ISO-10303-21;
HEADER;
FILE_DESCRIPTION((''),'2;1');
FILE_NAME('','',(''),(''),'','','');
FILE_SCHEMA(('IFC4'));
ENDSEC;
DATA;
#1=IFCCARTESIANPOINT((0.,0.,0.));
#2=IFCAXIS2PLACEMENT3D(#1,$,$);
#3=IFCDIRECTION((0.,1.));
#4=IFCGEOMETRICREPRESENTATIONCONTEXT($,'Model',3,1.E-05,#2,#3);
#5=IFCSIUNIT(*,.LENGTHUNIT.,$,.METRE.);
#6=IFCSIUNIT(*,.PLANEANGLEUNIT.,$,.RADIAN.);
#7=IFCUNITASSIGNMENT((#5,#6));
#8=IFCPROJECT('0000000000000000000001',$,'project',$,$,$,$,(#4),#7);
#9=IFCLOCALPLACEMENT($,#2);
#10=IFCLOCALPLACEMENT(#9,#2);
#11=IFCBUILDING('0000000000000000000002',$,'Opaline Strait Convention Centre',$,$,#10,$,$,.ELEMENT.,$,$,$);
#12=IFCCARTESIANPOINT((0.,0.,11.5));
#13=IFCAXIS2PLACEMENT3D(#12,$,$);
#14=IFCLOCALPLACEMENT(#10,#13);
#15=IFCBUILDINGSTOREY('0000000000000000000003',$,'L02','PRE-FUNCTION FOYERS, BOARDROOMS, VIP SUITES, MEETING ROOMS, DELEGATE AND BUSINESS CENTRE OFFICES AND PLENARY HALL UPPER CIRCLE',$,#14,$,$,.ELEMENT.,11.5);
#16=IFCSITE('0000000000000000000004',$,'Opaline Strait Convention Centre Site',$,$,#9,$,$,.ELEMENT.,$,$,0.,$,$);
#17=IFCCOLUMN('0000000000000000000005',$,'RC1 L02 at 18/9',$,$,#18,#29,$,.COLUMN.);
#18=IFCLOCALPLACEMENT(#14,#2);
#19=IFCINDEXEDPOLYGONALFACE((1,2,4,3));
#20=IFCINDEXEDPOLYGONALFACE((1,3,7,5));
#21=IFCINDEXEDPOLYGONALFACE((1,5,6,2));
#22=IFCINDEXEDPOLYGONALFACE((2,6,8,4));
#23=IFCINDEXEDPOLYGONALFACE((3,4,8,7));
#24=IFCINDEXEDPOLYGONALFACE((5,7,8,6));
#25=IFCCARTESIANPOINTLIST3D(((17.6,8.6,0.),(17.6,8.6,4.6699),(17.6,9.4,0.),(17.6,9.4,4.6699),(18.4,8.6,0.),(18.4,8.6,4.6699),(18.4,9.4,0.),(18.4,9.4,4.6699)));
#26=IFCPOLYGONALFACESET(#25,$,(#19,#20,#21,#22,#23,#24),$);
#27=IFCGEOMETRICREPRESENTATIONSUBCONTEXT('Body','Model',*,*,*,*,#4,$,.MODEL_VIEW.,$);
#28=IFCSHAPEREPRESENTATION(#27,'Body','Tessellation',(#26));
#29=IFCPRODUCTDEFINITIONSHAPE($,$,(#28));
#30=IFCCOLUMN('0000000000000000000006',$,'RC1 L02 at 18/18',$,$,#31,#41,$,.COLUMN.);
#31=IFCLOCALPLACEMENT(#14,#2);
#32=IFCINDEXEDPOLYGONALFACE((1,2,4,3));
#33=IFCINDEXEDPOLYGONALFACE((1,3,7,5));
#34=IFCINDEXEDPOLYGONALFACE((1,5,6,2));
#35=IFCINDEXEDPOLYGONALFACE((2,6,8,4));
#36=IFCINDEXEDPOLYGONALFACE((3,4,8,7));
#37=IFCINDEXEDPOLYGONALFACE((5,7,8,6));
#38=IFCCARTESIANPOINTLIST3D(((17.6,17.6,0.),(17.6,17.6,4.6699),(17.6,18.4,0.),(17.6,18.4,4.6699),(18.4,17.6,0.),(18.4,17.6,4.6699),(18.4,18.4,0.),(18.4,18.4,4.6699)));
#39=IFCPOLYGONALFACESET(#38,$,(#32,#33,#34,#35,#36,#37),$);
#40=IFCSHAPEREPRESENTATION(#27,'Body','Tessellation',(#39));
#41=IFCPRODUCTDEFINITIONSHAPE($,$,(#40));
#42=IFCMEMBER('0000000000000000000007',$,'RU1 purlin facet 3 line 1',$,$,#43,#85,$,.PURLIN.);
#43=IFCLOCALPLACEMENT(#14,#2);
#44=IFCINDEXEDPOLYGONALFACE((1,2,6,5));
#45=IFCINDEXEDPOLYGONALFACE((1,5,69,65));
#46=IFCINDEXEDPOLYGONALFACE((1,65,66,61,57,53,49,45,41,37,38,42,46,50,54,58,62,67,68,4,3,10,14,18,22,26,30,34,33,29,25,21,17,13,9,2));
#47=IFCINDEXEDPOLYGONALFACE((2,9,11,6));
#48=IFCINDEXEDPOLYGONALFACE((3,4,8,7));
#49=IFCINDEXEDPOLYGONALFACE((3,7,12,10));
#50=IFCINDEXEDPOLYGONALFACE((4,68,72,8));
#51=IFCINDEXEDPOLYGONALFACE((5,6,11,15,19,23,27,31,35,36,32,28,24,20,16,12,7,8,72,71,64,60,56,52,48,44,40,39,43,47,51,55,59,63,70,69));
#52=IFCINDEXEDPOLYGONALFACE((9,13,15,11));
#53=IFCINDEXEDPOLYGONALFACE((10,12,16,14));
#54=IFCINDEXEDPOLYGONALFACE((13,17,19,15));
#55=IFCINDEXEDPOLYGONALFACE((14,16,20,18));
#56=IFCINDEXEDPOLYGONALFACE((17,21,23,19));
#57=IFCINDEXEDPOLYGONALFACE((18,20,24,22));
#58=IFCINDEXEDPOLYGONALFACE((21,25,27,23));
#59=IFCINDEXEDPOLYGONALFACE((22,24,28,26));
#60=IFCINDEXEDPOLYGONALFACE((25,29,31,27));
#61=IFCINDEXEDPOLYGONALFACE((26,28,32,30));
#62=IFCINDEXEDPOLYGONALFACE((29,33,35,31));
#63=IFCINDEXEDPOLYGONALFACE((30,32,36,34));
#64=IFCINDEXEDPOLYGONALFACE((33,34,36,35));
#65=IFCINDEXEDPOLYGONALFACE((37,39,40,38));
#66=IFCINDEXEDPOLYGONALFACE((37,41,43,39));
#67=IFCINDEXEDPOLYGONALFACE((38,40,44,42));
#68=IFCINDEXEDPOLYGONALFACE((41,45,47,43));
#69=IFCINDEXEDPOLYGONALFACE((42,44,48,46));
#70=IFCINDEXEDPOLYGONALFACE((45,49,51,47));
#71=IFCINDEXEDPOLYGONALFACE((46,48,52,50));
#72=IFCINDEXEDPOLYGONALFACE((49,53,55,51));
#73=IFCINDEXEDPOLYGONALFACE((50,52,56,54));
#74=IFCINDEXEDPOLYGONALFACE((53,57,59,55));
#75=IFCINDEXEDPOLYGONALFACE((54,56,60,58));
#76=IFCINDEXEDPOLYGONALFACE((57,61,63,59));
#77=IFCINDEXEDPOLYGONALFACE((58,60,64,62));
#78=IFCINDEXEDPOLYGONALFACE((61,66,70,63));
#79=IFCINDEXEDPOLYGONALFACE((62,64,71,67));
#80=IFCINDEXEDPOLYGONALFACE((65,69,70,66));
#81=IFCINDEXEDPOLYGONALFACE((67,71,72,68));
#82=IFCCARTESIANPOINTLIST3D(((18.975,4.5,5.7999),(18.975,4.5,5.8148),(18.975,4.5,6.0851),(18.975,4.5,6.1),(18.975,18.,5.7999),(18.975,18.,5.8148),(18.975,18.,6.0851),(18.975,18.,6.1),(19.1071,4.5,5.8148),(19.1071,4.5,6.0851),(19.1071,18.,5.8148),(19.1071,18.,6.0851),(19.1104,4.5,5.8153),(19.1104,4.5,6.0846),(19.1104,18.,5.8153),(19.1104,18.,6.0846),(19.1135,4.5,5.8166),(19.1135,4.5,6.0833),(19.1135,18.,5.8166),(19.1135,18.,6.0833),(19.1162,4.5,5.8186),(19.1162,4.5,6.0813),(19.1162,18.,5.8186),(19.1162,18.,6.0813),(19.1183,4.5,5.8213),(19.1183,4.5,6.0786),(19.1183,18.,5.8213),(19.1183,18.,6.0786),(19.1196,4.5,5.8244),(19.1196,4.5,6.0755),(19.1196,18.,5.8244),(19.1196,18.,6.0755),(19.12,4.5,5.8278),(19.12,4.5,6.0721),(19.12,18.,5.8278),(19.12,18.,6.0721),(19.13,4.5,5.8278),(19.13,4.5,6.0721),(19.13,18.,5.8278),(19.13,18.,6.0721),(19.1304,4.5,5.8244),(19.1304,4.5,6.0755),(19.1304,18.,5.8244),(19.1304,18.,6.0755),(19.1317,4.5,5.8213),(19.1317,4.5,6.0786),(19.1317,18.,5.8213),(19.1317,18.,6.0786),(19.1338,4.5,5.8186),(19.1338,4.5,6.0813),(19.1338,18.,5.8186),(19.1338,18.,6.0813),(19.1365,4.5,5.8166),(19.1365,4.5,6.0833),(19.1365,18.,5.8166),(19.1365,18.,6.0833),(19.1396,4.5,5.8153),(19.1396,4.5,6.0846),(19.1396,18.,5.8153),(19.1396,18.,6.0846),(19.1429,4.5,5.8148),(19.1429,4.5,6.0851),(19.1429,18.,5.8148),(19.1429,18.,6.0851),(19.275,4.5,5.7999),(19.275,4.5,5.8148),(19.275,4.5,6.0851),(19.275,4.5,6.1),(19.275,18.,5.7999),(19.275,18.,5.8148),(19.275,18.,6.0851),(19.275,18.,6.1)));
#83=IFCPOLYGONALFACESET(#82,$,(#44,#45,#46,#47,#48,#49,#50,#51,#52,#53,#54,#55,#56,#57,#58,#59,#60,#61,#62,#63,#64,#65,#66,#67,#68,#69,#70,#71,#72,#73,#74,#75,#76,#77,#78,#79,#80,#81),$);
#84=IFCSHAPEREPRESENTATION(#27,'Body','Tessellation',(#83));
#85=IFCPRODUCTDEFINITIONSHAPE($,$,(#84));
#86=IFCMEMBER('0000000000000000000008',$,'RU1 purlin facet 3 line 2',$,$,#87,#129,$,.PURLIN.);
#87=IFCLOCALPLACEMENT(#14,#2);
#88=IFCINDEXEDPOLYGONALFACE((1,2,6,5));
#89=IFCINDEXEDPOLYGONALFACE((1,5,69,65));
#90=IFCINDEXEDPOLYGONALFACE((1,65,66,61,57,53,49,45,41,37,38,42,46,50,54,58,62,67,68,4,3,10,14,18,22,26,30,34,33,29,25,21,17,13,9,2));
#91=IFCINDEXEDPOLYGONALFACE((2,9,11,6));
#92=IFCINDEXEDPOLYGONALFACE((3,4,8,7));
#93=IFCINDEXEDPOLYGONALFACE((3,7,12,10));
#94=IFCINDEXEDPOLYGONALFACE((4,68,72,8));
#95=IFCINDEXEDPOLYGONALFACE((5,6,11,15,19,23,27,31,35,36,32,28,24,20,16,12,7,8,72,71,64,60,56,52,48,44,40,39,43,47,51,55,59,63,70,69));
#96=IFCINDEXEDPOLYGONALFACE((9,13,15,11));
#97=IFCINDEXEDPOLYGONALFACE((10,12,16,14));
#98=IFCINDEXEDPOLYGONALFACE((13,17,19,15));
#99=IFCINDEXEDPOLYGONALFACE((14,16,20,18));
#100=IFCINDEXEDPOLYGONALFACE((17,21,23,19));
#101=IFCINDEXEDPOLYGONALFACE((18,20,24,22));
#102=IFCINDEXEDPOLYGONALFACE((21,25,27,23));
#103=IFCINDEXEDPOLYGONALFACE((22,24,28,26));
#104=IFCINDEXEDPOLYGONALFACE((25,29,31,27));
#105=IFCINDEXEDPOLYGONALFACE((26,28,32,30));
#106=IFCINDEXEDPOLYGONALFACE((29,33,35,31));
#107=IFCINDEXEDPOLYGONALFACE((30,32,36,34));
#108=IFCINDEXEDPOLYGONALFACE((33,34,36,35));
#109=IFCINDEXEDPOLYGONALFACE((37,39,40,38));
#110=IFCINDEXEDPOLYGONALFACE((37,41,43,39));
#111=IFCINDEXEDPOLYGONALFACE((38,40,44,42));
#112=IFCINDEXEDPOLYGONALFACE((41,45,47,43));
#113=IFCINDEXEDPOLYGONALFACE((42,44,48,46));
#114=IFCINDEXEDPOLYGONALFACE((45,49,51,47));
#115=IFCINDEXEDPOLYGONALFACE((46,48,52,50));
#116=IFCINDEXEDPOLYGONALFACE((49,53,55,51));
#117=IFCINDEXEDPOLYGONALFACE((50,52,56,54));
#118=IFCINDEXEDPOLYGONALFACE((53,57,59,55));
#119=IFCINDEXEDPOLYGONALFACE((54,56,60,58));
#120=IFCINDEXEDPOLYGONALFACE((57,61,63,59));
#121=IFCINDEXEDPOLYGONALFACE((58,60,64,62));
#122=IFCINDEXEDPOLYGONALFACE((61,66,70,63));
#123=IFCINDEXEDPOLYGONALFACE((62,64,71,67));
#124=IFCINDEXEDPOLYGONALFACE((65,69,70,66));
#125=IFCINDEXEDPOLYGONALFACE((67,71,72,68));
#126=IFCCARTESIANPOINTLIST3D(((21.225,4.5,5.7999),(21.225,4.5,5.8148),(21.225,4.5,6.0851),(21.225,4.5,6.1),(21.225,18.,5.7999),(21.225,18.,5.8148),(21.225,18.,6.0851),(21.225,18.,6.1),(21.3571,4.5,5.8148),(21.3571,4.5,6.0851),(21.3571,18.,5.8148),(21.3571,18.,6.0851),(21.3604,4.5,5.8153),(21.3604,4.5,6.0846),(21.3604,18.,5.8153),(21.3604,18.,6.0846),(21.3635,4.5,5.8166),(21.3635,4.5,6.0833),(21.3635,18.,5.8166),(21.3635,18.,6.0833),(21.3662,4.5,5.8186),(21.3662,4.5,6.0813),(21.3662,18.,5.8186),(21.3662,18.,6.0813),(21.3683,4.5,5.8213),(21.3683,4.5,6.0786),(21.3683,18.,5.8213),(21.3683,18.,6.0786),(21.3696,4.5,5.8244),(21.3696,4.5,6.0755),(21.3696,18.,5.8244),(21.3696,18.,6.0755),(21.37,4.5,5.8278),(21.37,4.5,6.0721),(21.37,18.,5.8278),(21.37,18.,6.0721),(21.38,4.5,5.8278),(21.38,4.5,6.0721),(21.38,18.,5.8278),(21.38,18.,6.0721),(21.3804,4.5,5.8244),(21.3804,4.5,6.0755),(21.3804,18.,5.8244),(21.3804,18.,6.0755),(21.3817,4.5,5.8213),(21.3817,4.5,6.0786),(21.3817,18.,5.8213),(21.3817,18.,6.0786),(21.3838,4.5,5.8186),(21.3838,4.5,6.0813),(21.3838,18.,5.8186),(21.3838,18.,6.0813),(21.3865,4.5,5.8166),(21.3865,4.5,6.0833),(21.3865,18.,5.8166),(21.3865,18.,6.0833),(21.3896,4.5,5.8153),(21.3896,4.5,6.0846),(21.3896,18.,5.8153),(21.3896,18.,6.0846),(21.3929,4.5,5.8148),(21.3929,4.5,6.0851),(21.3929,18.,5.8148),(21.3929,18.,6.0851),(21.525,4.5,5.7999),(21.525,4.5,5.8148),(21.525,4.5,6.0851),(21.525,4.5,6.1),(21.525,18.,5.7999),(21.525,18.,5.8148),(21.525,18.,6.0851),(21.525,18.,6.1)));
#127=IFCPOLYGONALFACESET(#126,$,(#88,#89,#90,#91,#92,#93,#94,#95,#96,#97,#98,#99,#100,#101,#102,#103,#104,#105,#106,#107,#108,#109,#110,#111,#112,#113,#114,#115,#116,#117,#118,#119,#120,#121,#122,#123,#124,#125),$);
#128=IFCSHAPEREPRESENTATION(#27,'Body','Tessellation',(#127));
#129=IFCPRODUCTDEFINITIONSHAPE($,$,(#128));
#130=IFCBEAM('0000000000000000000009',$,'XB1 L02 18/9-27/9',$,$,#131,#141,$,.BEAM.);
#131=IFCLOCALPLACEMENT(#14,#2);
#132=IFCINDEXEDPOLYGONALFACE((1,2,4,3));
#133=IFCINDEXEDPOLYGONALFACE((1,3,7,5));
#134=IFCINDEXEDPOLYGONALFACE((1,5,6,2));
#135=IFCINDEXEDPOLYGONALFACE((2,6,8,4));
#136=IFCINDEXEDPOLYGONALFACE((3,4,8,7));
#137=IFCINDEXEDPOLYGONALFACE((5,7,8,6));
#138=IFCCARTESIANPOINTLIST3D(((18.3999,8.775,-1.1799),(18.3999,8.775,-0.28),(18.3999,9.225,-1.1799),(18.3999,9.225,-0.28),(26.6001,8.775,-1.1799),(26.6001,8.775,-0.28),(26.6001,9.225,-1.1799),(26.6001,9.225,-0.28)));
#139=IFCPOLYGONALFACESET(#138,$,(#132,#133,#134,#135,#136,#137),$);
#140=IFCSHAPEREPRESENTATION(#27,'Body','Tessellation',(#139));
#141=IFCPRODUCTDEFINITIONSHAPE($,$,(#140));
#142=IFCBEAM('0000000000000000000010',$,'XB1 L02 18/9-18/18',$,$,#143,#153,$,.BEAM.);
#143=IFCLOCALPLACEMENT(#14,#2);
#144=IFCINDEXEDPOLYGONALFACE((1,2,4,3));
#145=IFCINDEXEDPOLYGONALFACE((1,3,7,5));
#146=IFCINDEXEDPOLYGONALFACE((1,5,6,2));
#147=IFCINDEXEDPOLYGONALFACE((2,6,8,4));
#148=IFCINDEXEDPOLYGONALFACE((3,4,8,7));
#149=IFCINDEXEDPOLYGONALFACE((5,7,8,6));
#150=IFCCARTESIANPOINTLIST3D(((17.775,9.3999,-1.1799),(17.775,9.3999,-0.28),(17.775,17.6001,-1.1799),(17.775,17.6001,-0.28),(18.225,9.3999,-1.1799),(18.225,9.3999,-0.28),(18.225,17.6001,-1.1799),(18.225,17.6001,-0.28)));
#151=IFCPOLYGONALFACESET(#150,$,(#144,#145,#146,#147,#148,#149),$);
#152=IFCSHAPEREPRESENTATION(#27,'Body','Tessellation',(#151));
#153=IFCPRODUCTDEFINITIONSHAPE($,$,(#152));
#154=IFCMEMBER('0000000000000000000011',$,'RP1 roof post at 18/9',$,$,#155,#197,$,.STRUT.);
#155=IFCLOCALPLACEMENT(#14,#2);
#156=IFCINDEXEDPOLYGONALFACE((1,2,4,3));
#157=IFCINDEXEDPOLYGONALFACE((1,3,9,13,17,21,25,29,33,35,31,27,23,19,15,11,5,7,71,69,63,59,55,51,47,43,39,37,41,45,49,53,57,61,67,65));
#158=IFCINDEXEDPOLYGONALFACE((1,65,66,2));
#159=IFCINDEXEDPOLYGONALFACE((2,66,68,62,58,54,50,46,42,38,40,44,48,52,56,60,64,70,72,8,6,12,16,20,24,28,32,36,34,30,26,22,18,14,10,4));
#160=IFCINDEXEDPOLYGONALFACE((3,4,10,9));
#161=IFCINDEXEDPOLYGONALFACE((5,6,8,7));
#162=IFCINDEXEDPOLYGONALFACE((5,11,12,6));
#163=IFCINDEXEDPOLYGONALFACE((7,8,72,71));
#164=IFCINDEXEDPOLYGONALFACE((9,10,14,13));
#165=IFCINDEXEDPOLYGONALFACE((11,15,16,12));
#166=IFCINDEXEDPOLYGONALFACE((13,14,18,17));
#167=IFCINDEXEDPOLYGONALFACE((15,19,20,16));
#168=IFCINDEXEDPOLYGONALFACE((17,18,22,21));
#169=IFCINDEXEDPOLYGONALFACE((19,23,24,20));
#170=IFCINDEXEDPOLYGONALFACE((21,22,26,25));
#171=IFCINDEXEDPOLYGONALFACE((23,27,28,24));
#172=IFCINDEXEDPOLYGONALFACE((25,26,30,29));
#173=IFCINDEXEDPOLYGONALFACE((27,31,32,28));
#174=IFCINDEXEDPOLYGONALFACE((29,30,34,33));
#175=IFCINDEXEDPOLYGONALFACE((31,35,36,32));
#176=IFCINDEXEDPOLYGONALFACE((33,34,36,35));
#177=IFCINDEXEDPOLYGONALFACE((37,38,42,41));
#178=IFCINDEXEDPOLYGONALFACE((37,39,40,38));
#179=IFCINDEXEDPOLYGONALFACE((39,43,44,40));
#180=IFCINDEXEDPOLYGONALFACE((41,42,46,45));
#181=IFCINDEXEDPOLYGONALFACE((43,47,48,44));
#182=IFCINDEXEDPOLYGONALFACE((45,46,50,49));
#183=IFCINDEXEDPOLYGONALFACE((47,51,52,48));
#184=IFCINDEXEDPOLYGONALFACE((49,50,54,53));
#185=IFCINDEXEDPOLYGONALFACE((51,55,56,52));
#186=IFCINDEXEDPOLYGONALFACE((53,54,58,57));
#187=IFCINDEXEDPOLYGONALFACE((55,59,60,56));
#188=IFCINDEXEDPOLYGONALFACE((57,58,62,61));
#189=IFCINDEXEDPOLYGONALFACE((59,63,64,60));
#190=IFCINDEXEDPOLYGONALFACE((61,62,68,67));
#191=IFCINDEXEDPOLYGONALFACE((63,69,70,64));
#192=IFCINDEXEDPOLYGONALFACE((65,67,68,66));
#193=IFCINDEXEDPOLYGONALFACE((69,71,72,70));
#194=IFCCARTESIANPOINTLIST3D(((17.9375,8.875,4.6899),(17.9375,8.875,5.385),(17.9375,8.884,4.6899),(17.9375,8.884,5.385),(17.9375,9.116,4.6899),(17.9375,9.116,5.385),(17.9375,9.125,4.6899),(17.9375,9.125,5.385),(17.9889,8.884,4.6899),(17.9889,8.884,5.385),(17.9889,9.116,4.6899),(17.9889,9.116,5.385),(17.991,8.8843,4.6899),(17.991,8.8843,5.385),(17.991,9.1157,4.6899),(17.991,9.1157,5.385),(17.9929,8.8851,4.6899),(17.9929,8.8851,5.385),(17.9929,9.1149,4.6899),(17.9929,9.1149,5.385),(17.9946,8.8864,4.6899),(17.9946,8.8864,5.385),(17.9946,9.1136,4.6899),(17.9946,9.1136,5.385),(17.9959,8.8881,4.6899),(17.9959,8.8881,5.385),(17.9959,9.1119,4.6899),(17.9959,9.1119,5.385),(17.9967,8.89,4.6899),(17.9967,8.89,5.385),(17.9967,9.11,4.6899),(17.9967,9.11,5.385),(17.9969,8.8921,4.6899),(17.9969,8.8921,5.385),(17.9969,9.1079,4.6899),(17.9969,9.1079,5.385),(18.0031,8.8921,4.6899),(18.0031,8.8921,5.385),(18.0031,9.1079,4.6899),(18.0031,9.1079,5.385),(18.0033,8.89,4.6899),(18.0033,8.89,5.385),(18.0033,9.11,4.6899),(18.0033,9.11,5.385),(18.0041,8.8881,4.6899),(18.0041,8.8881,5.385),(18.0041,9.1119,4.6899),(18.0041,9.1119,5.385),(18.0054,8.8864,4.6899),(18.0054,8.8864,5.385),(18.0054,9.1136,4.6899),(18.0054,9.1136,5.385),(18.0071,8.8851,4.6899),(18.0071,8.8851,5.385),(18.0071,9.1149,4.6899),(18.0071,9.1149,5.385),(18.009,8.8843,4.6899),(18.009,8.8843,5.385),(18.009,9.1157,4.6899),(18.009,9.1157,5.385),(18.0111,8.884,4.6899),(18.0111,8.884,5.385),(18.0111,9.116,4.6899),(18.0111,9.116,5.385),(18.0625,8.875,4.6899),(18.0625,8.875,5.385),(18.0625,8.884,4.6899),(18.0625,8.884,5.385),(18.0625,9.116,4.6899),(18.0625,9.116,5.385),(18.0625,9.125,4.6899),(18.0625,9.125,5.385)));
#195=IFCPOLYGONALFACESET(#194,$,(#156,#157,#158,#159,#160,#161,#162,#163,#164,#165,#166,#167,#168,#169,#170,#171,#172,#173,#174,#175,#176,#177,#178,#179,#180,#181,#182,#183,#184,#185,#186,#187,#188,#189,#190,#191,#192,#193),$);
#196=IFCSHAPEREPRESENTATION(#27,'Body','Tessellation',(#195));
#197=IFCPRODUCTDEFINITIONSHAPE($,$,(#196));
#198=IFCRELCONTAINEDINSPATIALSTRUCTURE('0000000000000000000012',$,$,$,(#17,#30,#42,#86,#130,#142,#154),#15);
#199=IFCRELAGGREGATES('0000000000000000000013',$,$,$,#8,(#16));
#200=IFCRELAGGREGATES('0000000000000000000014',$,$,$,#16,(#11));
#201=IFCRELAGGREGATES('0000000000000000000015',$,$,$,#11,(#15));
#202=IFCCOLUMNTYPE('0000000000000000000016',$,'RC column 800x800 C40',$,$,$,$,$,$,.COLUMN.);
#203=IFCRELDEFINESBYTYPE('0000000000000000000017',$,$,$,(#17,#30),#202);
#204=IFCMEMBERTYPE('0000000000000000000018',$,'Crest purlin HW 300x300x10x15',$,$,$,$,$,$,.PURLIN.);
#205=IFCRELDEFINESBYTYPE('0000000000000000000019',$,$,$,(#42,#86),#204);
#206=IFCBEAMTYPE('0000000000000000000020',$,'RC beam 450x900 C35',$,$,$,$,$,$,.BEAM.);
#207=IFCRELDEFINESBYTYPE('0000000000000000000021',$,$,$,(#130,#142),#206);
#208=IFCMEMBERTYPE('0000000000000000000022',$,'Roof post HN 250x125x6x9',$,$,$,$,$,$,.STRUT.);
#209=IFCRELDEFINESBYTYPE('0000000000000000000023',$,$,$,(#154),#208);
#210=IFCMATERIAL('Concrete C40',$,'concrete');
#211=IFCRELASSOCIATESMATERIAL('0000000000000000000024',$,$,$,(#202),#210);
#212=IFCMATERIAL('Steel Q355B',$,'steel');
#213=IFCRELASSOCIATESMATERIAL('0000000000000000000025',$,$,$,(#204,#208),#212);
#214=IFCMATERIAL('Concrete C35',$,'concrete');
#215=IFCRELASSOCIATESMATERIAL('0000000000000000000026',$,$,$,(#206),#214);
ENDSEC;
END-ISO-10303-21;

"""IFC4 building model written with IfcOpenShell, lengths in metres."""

from ifc_helpers import new_model, si_unit, direction, frame, origin, origin_2d, place, context, subcontext, project, spatial, rectangle, i_section, extrude, material, material_profile, profile_set, type_object, element, save


model = new_model("IFC4")

# Units and contexts
model_context = context("Model", 3, precision=1e-05, world=origin(), true_north=direction((0.0, 1.0)))
body_context = subcontext(model_context, "Body", "Model", "MODEL_VIEW")
ifc_project = project(units=[si_unit("LENGTHUNIT", "METRE"), si_unit("PLANEANGLEUNIT", "RADIAN")], contexts=[model_context])

# Site, building, storey
site_placement = place(None, origin())
site = spatial("IfcSite", under=ifc_project, at=site_placement, Name="Opaline Strait Convention Centre Site", CompositionType="ELEMENT", RefElevation=0.0)
building_placement = place(site_placement, origin())
building = spatial("IfcBuilding", under=site, at=building_placement, Name="Opaline Strait Convention Centre", CompositionType="ELEMENT")
storey_placement = place(building_placement, frame((0.0, 0.0, 11.5)))
storey = spatial("IfcBuildingStorey", under=building, at=storey_placement, Name="L02", Description="PRE-FUNCTION FOYERS, BOARDROOMS, VIP SUITES, MEETING ROOMS, DELEGATE AND BUSINESS CENTRE OFFICES AND PLENARY HALL UPPER CIRCLE", CompositionType="ELEMENT", Elevation=11.5)

# Columns
ifc_material_1 = material(Name="Concrete C40", Category="concrete")
ifc_material_profile_1 = material_profile(ifc_material_1, rectangle(XDim=0.8, YDim=0.8, at=origin_2d()), Name="RC 800x800")
ifc_profile_set_1 = profile_set([ifc_material_profile_1], Name="Concrete C40")
column_type = type_object("IfcColumnType", Name="RC column 800x800 C40", PredefinedType="COLUMN", material=ifc_profile_set_1)
for number, where, z_axis, x_axis, name in (
    (1, (18.0, 9.0, 0.0), (0.0, 0.0, 1.0), (1.0, 0.0, 0.0), "RC1 L02 at 18/9"),
    (2, (18.0, 18.0, 0.0), (0.0, 0.0, 1.0), (1.0, 0.0, 0.0), "RC1 L02 at 18/18"),
):
    element("IfcColumn", number, at=place(storey_placement, frame(where, z_axis=z_axis, x_axis=x_axis)), inside=storey, type_object=column_type, Name=name, PredefinedType="COLUMN", context=body_context, shape_type="SweptSolid", body=[
        extrude(rectangle(XDim=0.8, YDim=0.8, at=origin_2d()), origin(), (0.0, 0.0, 1.0), 4.6699),
    ])

# Members
ifc_material_2 = material(Name="Steel Q355B", Category="steel")
ifc_material_profile_2 = material_profile(ifc_material_2, i_section(OverallWidth=0.3, OverallDepth=0.3, WebThickness=0.01, FlangeThickness=0.0149, FilletRadius=0.0129, at=origin_2d()), Name="HW 300x300x10x15")
ifc_profile_set_2 = profile_set([ifc_material_profile_2], Name="Steel Q355B")
member_type_1 = type_object("IfcMemberType", Name="Crest purlin HW 300x300x10x15", PredefinedType="PURLIN", material=ifc_profile_set_2)
for number, where, z_axis, x_axis, name in (
    (3, (19.125, 4.5, 5.95), (0.0, 1.0, 0.0), (-1.0, 0.0, 0.0), "RU1 purlin facet 3 line 1"),
    (4, (21.375, 4.5, 5.95), (0.0, 1.0, 0.0), (-1.0, 0.0, 0.0), "RU1 purlin facet 3 line 2"),
):
    element("IfcMember", number, at=place(storey_placement, frame(where, z_axis=z_axis, x_axis=x_axis)), inside=storey, type_object=member_type_1, Name=name, PredefinedType="PURLIN", context=body_context, shape_type="SweptSolid", body=[
        extrude(i_section(OverallWidth=0.3, OverallDepth=0.3, WebThickness=0.01, FlangeThickness=0.0149, FilletRadius=0.0129, at=origin_2d()), origin(), (0.0, 0.0, 1.0), 13.5),
    ])

# Beams
ifc_material_3 = material(Name="Concrete C35", Category="concrete")
ifc_material_profile_3 = material_profile(ifc_material_3, rectangle(XDim=0.45, YDim=0.8999, at=origin_2d()), Name="RC 450x900")
ifc_profile_set_3 = profile_set([ifc_material_profile_3], Name="Concrete C35")
beam_type = type_object("IfcBeamType", Name="RC beam 450x900 C35", PredefinedType="BEAM", material=ifc_profile_set_3)
for number, where, z_axis, x_axis, name in (
    (5, (18.3999, 9.0, -0.73), (1.0, 0.0, 0.0), (0.0, 1.0, 0.0), "XB1 L02 18/9-27/9"),
    (6, (18.0, 9.3999, -0.73), (0.0, 1.0, 0.0), (-1.0, 0.0, 0.0), "XB1 L02 18/9-18/18"),
):
    element("IfcBeam", number, at=place(storey_placement, frame(where, z_axis=z_axis, x_axis=x_axis)), inside=storey, type_object=beam_type, Name=name, PredefinedType="BEAM", context=body_context, shape_type="SweptSolid", body=[
        extrude(rectangle(XDim=0.45, YDim=0.8999, at=origin_2d()), origin(), (0.0, 0.0, 1.0), 8.2002),
    ])

# Member
ifc_material_profile_4 = material_profile(ifc_material_2, i_section(OverallWidth=0.125, OverallDepth=0.25, WebThickness=0.0061, FlangeThickness=0.009, FilletRadius=0.0081, at=origin_2d()), Name="HN 250x125x6x9")
ifc_profile_set_4 = profile_set([ifc_material_profile_4], Name="Steel Q355B")
member_type_2 = type_object("IfcMemberType", Name="Roof post HN 250x125x6x9", PredefinedType="STRUT", material=ifc_profile_set_4)
member_1_placement = place(storey_placement, frame((18.0, 9.0, 4.6899), z_axis=(0.0, 0.0, 1.0), x_axis=(1.0, 0.0, 0.0)))
element("IfcMember", 7, at=member_1_placement, inside=storey, type_object=member_type_2, Name="RP1 roof post at 18/9", PredefinedType="STRUT", context=body_context, shape_type="SweptSolid", body=[
    extrude(i_section(OverallWidth=0.125, OverallDepth=0.25, WebThickness=0.0061, FlangeThickness=0.009, FilletRadius=0.0081, at=origin_2d()), origin(), (0.0, 0.0, 1.0), 0.6951),
])

save(model, "model.ifc")
